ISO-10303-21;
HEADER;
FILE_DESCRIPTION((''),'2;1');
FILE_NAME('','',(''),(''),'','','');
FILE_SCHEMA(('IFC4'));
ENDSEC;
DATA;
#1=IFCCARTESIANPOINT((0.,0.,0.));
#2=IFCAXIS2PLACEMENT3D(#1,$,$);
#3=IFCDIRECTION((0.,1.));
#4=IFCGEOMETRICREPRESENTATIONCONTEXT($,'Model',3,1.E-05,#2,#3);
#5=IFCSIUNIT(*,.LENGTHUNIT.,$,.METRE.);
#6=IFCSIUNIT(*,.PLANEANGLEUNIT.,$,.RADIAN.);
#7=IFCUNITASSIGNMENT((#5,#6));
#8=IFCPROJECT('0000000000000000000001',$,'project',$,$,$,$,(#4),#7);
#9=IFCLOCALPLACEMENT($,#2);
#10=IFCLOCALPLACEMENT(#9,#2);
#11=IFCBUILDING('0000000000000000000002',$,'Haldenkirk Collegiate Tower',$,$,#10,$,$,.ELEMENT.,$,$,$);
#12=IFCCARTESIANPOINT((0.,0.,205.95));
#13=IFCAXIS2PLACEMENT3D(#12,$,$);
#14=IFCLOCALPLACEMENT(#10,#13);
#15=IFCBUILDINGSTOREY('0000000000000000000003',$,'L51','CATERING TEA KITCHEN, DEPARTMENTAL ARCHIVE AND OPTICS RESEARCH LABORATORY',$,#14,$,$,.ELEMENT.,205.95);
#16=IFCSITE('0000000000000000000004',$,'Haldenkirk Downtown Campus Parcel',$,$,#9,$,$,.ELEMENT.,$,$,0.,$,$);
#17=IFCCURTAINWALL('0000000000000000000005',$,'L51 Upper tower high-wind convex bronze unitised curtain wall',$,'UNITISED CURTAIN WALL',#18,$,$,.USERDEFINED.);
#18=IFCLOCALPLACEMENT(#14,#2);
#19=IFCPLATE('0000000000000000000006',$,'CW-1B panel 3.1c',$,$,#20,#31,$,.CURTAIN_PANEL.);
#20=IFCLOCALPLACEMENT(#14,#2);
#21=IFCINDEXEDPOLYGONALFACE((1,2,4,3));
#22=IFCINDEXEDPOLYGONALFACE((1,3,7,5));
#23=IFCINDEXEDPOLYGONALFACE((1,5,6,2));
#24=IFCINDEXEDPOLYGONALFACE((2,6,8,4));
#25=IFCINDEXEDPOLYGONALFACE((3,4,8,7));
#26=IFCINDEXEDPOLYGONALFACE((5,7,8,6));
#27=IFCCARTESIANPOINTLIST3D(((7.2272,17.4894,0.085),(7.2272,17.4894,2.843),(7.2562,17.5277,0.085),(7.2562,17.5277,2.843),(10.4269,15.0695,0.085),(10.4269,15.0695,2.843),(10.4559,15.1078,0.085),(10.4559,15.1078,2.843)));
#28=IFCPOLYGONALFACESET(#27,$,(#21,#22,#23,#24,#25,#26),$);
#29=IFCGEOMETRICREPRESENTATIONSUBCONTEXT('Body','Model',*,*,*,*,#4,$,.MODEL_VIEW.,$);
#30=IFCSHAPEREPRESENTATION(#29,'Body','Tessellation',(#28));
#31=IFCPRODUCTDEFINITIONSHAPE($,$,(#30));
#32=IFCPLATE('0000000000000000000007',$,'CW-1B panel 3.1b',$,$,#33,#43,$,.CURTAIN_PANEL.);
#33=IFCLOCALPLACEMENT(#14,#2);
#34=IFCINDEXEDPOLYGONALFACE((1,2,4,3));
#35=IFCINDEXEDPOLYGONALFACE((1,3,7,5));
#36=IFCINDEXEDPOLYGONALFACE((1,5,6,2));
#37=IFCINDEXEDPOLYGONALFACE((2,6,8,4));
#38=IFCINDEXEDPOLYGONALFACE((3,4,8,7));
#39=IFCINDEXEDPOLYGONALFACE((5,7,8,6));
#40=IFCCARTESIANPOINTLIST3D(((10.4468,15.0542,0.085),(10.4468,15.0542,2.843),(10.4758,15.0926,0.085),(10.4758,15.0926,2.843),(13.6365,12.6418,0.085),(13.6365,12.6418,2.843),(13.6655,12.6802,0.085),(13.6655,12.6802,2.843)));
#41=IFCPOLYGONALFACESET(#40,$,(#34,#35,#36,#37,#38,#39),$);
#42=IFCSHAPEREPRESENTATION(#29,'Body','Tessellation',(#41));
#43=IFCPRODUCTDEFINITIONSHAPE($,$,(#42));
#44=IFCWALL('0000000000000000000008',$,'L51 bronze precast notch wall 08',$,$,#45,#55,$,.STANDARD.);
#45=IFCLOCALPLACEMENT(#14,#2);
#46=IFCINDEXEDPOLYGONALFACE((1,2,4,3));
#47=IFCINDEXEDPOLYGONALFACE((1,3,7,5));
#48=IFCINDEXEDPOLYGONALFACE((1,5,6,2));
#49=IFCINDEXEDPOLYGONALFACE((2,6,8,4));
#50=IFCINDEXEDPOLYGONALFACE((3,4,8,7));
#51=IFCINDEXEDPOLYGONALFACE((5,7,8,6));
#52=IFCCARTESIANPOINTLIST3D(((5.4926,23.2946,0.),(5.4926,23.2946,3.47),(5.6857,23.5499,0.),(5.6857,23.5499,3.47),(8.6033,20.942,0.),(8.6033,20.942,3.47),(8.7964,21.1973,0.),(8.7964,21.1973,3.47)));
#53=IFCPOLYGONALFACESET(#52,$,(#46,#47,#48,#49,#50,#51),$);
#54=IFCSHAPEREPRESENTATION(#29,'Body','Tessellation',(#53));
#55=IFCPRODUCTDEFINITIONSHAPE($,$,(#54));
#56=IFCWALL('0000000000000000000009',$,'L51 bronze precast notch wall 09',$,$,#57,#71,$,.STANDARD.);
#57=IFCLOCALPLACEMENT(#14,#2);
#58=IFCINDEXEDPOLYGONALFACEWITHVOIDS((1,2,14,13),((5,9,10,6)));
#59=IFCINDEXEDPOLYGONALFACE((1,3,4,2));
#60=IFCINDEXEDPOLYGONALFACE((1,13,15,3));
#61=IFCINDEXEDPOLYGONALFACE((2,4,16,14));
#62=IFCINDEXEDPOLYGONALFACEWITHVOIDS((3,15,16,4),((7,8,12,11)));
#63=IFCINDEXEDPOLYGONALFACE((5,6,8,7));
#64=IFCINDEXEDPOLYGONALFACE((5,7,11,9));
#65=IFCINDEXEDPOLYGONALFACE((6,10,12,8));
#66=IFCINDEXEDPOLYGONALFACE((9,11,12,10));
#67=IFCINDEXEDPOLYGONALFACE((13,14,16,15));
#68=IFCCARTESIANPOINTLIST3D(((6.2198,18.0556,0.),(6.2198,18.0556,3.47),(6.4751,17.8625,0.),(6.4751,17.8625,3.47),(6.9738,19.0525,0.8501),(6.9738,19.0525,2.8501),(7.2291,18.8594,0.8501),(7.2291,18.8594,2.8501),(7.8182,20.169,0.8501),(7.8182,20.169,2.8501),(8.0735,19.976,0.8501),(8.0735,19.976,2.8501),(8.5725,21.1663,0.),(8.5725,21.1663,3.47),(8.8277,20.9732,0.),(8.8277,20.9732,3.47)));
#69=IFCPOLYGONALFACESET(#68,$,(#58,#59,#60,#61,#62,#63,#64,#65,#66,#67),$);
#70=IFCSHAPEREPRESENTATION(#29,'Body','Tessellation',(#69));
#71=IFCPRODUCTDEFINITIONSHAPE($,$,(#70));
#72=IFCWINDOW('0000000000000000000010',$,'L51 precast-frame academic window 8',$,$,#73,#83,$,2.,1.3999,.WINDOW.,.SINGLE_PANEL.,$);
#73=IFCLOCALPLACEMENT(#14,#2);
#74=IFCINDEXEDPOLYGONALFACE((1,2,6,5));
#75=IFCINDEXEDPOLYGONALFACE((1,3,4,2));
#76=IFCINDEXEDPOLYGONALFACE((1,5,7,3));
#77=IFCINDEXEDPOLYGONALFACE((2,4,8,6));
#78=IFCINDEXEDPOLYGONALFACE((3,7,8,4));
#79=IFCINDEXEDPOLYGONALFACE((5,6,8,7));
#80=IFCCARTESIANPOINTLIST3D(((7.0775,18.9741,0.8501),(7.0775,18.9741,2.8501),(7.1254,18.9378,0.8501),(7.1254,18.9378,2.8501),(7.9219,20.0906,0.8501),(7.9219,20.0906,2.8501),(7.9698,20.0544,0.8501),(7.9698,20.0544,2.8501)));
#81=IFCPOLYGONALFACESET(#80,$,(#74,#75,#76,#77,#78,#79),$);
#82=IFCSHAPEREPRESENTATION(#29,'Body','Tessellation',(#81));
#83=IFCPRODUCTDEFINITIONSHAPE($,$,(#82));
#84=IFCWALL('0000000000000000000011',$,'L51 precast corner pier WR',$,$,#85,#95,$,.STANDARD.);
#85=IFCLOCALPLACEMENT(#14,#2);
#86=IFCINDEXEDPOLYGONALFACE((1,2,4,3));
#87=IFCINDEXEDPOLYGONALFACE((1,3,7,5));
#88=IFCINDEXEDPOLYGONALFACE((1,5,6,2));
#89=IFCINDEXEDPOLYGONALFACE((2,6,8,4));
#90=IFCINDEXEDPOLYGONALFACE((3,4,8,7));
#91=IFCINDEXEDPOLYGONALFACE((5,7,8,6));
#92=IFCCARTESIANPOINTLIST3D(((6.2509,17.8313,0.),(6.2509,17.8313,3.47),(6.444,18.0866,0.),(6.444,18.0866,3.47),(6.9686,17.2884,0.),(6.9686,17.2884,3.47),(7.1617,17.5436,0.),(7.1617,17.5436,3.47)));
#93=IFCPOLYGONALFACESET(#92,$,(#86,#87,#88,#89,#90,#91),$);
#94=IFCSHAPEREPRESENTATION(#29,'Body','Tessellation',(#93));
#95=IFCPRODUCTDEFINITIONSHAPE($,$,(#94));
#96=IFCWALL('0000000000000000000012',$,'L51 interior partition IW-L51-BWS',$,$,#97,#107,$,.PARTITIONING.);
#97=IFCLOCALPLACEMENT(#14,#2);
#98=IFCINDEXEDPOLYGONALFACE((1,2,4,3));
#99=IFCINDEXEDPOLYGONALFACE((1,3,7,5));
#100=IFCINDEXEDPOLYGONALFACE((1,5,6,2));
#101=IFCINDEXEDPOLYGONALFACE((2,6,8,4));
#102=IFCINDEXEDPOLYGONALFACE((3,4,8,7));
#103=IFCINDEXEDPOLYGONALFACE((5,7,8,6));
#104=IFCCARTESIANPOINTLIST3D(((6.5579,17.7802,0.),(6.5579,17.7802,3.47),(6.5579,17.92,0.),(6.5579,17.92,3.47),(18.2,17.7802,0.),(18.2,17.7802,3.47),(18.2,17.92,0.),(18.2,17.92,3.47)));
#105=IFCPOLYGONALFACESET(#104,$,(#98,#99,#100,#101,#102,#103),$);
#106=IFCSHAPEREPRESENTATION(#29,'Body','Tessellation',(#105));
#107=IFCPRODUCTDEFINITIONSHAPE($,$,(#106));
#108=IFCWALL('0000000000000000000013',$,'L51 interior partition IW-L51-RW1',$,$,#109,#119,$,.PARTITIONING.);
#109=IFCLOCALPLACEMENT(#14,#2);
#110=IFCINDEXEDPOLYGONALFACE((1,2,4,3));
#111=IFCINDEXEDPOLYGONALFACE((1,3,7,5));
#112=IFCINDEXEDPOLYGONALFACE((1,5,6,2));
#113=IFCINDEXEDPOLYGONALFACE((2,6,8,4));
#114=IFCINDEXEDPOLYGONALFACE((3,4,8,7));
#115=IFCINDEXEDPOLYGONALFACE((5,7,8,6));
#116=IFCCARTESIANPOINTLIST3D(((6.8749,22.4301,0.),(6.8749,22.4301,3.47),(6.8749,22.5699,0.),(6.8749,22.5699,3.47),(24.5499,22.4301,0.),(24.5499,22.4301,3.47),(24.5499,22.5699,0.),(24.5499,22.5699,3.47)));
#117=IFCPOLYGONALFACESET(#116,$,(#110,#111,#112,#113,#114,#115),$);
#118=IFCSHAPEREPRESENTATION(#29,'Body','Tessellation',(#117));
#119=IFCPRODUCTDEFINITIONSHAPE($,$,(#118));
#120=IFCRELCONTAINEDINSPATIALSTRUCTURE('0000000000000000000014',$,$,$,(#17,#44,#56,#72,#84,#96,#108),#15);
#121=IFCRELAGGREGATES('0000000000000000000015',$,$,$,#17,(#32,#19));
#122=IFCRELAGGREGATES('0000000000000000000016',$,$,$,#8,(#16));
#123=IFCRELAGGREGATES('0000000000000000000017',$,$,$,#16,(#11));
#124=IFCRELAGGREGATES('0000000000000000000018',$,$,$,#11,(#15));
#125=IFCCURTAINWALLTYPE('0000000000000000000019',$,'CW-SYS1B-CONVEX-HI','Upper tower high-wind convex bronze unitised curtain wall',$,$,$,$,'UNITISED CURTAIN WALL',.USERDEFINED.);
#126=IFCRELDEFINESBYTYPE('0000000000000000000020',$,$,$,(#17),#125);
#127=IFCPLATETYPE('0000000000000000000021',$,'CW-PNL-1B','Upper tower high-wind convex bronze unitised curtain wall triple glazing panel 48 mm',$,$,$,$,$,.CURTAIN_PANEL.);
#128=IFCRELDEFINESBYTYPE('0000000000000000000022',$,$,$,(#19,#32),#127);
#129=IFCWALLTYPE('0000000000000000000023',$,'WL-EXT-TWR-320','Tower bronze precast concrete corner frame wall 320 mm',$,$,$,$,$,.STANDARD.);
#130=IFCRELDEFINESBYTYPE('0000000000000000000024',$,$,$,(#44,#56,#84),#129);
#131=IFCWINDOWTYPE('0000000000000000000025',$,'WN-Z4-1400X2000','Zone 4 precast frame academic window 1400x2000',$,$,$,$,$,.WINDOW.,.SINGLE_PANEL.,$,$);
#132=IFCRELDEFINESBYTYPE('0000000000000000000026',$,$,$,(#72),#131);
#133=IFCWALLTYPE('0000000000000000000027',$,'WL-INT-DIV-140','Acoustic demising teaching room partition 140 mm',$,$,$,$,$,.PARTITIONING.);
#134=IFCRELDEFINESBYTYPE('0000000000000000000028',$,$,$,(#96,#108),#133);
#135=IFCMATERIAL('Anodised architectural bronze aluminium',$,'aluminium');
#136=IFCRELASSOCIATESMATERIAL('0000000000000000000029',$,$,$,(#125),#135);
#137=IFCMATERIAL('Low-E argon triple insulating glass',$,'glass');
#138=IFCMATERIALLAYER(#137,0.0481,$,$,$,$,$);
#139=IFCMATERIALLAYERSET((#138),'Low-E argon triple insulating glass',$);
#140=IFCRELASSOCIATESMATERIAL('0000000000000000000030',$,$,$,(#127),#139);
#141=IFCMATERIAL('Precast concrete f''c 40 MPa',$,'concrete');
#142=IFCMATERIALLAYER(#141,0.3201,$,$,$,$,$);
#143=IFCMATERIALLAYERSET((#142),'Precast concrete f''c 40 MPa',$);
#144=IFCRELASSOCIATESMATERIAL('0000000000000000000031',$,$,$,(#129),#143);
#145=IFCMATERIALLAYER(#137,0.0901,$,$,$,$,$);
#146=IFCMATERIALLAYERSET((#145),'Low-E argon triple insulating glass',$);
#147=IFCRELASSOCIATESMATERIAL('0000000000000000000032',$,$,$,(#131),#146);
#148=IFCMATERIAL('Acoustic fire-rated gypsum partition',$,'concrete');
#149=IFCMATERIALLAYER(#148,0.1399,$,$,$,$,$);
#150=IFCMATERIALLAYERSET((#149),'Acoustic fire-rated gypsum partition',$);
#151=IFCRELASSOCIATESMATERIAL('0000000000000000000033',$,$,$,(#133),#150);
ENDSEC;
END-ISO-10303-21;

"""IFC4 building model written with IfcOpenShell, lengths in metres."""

from ifc_helpers import new_model, si_unit, direction, frame, frame_2d, origin, origin_2d, place, context, subcontext, project, spatial, rectangle, extrude, source, transform, mapped, material, layer, layer_set, type_object, element, fill, aggregate, save


model = new_model("IFC4")

# Units and contexts
model_context = context("Model", 3, precision=1e-05, world=origin(), true_north=direction((0.0, 1.0)))
body_context = subcontext(model_context, "Body", "Model", "MODEL_VIEW")
ifc_project = project(units=[si_unit("LENGTHUNIT", "METRE"), si_unit("PLANEANGLEUNIT", "RADIAN")], contexts=[model_context])

# Site, building, storey
site_placement = place(None, origin())
site = spatial("IfcSite", under=ifc_project, at=site_placement, Name="Haldenkirk Downtown Campus Parcel", CompositionType="ELEMENT", RefElevation=0.0)
building_placement = place(site_placement, origin())
building = spatial("IfcBuilding", under=site, at=building_placement, Name="Haldenkirk Collegiate Tower", CompositionType="ELEMENT")
storey_placement = place(building_placement, frame((0.0, 0.0, 205.95)))
storey = spatial("IfcBuildingStorey", under=building, at=storey_placement, Name="L51", Description="CATERING TEA KITCHEN, DEPARTMENTAL ARCHIVE AND OPTICS RESEARCH LABORATORY", CompositionType="ELEMENT", Elevation=205.95)

# Curtain wall
ifc_material_1 = material(Name="Anodised architectural bronze aluminium", Category="aluminium")
curtain_wall_type = type_object("IfcCurtainWallType", Name="CW-SYS1B-CONVEX-HI", Description="Upper tower high-wind convex bronze unitised curtain wall", ElementType="UNITISED CURTAIN WALL", PredefinedType="USERDEFINED", material=ifc_material_1)
curtain_wall_placement = place(storey_placement, origin())
curtain_wall = element("IfcCurtainWall", 1, at=curtain_wall_placement, inside=storey, type_object=curtain_wall_type, Name="L51 Upper tower high-wind convex bronze unitised curtain wall", ObjectType="UNITISED CURTAIN WALL", PredefinedType="USERDEFINED")

# Plates
ifc_material_2 = material(Name="Low-E argon triple insulating glass", Category="glass")
ifc_layer_1 = layer(ifc_material_2, 0.0481)
ifc_layer_set_1 = layer_set([ifc_layer_1], Name="Low-E argon triple insulating glass")
plate_type = type_object("IfcPlateType", Name="CW-PNL-1B", Description="Upper tower high-wind convex bronze unitised curtain wall triple glazing panel 48 mm", PredefinedType="CURTAIN_PANEL", material=ifc_layer_set_1)
shared_shape_1 = source(origin(), body_context, "Body", "SweptSolid", [
    extrude(rectangle(XDim=4.0117, YDim=0.0481, at=origin_2d()), origin(), (0.0, 0.0, 1.0), 2.7581),
])
plate_1_placement = place(storey_placement, frame((8.8416, 16.2986, 0.085), z_axis=(0.0, 0.0, 1.0), x_axis=(-0.797584, 0.603207, 0.0)))
plate_1 = element("IfcPlate", 2, at=plate_1_placement, type_object=plate_type, Name="CW-1B panel 3.1c", PredefinedType="CURTAIN_PANEL", context=body_context, shape_type="MappedRepresentation", body=[
    mapped(shared_shape_1, transform((0.0, 0.0, 0.0), x_axis=(1.0, 0.0, 0.0), y_axis=(0.0, 1.0, 0.0), z_axis=(0.0, 0.0, 1.0), scale=1.0)),
])
shared_shape_2 = source(origin(), body_context, "Body", "SweptSolid", [
    extrude(rectangle(XDim=3.9993, YDim=0.0481, at=origin_2d()), origin(), (0.0, 0.0, 1.0), 2.7581),
])
plate_2_placement = place(storey_placement, frame((12.0562, 13.8672, 0.085), z_axis=(0.0, 0.0, 1.0), x_axis=(-0.797584, 0.603207, 0.0)))
plate_2 = element("IfcPlate", 3, at=plate_2_placement, type_object=plate_type, Name="CW-1B panel 3.1b", PredefinedType="CURTAIN_PANEL", context=body_context, shape_type="MappedRepresentation", body=[
    mapped(shared_shape_2, transform((0.0, 0.0, 0.0), x_axis=(1.0, 0.0, 0.0), y_axis=(0.0, 1.0, 0.0), z_axis=(0.0, 0.0, 1.0), scale=1.0)),
])
aggregate(curtain_wall, [plate_2, plate_1])

# Wall
ifc_material_3 = material(Name="Precast concrete f'c 40 MPa", Category="concrete")
ifc_layer_2 = layer(ifc_material_3, 0.3201)
ifc_layer_set_2 = layer_set([ifc_layer_2], Name="Precast concrete f'c 40 MPa")
wall_type_1 = type_object("IfcWallType", Name="WL-EXT-TWR-320", Description="Tower bronze precast concrete corner frame wall 320 mm", PredefinedType="STANDARD", material=ifc_layer_set_2)
wall_1_placement = place(storey_placement, frame((8.7, 21.0696, 0.0), z_axis=(0.0, 0.0, 1.0), x_axis=(-0.797582, 0.60321, 0.0)))
element("IfcWall", 4, at=wall_1_placement, inside=storey, type_object=wall_type_1, Name="L51 bronze precast notch wall 08", PredefinedType="STANDARD", context=body_context, shape_type="SweptSolid", body=[
    extrude(rectangle(XDim=3.9001, YDim=0.3201, at=frame_2d((1.9502, 0.0))), origin(), (0.0, 0.0, 1.0), 3.47),
])

# Wall, opening, window
wall_2_placement = place(storey_placement, frame((6.3474, 17.959, 0.0), z_axis=(0.0, 0.0, 1.0), x_axis=(0.60321, 0.797582, 0.0)))
wall_2 = element("IfcWall", 5, at=wall_2_placement, inside=storey, type_object=wall_type_1, Name="L51 bronze precast notch wall 09", PredefinedType="STANDARD", context=body_context, shape_type="SweptSolid", body=[
    extrude(rectangle(XDim=3.9001, YDim=0.3201, at=frame_2d((1.9502, 0.0))), origin(), (0.0, 0.0, 1.0), 3.47),
])
opening_placement = place(wall_2_placement, frame((1.25, 0.0, 0.8501)))
opening = element("IfcOpeningElement", 6, at=opening_placement, cuts=wall_2, PredefinedType="OPENING", context=body_context, shape_type="SweptSolid", body=[
    extrude(rectangle(XDim=1.3999, YDim=2.0, at=frame_2d((0.7, 1.0))), frame((0.0, 0.1699, 0.0), z_axis=(0.0, -1.0, 0.0), x_axis=(1.0, 0.0, 0.0)), (0.0, 0.0, 1.0), 0.3401),
])
ifc_layer_3 = layer(ifc_material_2, 0.0901)
ifc_layer_set_3 = layer_set([ifc_layer_3], Name="Low-E argon triple insulating glass")
window_type = type_object("IfcWindowType", Name="WN-Z4-1400X2000", Description="Zone 4 precast frame academic window 1400x2000", PartitioningType="SINGLE_PANEL", PredefinedType="WINDOW", material=ifc_layer_set_3)
window_placement = place(opening_placement, origin())
window = element("IfcWindow", 7, at=window_placement, inside=storey, type_object=window_type, Name="L51 precast-frame academic window 8", OverallHeight=2.0, OverallWidth=1.3999, PartitioningType="SINGLE_PANEL", PredefinedType="WINDOW", context=body_context, shape_type="SweptSolid", body=[
    extrude(rectangle(XDim=1.3999, YDim=2.0, at=frame_2d((0.7, 1.0))), frame((0.0, 0.03, 0.0), z_axis=(0.0, -1.0, 0.0), x_axis=(1.0, 0.0, 0.0)), (0.0, 0.0, 1.0), 0.0601),
])
fill(opening, window)

# Walls
wall_3_placement = place(storey_placement, frame((7.0652, 17.416, 0.0), z_axis=(0.0, 0.0, 1.0), x_axis=(-0.797519, 0.603293, 0.0)))
element("IfcWall", 8, at=wall_3_placement, inside=storey, type_object=wall_type_1, Name="L51 precast corner pier WR", PredefinedType="STANDARD", context=body_context, shape_type="SweptSolid", body=[
    extrude(rectangle(XDim=0.8999, YDim=0.3201, at=frame_2d((0.45, 0.0))), origin(), (0.0, 0.0, 1.0), 3.47),
])
ifc_material_4 = material(Name="Acoustic fire-rated gypsum partition", Category="concrete")
ifc_layer_4 = layer(ifc_material_4, 0.1399)
ifc_layer_set_4 = layer_set([ifc_layer_4], Name="Acoustic fire-rated gypsum partition")
wall_type_2 = type_object("IfcWallType", Name="WL-INT-DIV-140", Description="Acoustic demising teaching room partition 140 mm", PredefinedType="PARTITIONING", material=ifc_layer_set_4)
wall_4_placement = place(storey_placement, frame((6.5579, 17.8501, 0.0), z_axis=(0.0, 0.0, 1.0), x_axis=(1.0, 0.0, 0.0)))
element("IfcWall", 9, at=wall_4_placement, inside=storey, type_object=wall_type_2, Name="L51 interior partition IW-L51-BWS", PredefinedType="PARTITIONING", context=body_context, shape_type="SweptSolid", body=[
    extrude(rectangle(XDim=11.6421, YDim=0.1399, at=frame_2d((5.821, 0.0))), origin(), (0.0, 0.0, 1.0), 3.47),
])
wall_5_placement = place(storey_placement, frame((6.875, 22.5, 0.0), z_axis=(0.0, 0.0, 1.0), x_axis=(1.0, 0.0, 0.0)))
element("IfcWall", 10, at=wall_5_placement, inside=storey, type_object=wall_type_2, Name="L51 interior partition IW-L51-RW1", PredefinedType="PARTITIONING", context=body_context, shape_type="SweptSolid", body=[
    extrude(rectangle(XDim=17.675, YDim=0.1399, at=frame_2d((8.8374, 0.0))), origin(), (0.0, 0.0, 1.0), 3.47),
])

save(model, "model.ifc")
